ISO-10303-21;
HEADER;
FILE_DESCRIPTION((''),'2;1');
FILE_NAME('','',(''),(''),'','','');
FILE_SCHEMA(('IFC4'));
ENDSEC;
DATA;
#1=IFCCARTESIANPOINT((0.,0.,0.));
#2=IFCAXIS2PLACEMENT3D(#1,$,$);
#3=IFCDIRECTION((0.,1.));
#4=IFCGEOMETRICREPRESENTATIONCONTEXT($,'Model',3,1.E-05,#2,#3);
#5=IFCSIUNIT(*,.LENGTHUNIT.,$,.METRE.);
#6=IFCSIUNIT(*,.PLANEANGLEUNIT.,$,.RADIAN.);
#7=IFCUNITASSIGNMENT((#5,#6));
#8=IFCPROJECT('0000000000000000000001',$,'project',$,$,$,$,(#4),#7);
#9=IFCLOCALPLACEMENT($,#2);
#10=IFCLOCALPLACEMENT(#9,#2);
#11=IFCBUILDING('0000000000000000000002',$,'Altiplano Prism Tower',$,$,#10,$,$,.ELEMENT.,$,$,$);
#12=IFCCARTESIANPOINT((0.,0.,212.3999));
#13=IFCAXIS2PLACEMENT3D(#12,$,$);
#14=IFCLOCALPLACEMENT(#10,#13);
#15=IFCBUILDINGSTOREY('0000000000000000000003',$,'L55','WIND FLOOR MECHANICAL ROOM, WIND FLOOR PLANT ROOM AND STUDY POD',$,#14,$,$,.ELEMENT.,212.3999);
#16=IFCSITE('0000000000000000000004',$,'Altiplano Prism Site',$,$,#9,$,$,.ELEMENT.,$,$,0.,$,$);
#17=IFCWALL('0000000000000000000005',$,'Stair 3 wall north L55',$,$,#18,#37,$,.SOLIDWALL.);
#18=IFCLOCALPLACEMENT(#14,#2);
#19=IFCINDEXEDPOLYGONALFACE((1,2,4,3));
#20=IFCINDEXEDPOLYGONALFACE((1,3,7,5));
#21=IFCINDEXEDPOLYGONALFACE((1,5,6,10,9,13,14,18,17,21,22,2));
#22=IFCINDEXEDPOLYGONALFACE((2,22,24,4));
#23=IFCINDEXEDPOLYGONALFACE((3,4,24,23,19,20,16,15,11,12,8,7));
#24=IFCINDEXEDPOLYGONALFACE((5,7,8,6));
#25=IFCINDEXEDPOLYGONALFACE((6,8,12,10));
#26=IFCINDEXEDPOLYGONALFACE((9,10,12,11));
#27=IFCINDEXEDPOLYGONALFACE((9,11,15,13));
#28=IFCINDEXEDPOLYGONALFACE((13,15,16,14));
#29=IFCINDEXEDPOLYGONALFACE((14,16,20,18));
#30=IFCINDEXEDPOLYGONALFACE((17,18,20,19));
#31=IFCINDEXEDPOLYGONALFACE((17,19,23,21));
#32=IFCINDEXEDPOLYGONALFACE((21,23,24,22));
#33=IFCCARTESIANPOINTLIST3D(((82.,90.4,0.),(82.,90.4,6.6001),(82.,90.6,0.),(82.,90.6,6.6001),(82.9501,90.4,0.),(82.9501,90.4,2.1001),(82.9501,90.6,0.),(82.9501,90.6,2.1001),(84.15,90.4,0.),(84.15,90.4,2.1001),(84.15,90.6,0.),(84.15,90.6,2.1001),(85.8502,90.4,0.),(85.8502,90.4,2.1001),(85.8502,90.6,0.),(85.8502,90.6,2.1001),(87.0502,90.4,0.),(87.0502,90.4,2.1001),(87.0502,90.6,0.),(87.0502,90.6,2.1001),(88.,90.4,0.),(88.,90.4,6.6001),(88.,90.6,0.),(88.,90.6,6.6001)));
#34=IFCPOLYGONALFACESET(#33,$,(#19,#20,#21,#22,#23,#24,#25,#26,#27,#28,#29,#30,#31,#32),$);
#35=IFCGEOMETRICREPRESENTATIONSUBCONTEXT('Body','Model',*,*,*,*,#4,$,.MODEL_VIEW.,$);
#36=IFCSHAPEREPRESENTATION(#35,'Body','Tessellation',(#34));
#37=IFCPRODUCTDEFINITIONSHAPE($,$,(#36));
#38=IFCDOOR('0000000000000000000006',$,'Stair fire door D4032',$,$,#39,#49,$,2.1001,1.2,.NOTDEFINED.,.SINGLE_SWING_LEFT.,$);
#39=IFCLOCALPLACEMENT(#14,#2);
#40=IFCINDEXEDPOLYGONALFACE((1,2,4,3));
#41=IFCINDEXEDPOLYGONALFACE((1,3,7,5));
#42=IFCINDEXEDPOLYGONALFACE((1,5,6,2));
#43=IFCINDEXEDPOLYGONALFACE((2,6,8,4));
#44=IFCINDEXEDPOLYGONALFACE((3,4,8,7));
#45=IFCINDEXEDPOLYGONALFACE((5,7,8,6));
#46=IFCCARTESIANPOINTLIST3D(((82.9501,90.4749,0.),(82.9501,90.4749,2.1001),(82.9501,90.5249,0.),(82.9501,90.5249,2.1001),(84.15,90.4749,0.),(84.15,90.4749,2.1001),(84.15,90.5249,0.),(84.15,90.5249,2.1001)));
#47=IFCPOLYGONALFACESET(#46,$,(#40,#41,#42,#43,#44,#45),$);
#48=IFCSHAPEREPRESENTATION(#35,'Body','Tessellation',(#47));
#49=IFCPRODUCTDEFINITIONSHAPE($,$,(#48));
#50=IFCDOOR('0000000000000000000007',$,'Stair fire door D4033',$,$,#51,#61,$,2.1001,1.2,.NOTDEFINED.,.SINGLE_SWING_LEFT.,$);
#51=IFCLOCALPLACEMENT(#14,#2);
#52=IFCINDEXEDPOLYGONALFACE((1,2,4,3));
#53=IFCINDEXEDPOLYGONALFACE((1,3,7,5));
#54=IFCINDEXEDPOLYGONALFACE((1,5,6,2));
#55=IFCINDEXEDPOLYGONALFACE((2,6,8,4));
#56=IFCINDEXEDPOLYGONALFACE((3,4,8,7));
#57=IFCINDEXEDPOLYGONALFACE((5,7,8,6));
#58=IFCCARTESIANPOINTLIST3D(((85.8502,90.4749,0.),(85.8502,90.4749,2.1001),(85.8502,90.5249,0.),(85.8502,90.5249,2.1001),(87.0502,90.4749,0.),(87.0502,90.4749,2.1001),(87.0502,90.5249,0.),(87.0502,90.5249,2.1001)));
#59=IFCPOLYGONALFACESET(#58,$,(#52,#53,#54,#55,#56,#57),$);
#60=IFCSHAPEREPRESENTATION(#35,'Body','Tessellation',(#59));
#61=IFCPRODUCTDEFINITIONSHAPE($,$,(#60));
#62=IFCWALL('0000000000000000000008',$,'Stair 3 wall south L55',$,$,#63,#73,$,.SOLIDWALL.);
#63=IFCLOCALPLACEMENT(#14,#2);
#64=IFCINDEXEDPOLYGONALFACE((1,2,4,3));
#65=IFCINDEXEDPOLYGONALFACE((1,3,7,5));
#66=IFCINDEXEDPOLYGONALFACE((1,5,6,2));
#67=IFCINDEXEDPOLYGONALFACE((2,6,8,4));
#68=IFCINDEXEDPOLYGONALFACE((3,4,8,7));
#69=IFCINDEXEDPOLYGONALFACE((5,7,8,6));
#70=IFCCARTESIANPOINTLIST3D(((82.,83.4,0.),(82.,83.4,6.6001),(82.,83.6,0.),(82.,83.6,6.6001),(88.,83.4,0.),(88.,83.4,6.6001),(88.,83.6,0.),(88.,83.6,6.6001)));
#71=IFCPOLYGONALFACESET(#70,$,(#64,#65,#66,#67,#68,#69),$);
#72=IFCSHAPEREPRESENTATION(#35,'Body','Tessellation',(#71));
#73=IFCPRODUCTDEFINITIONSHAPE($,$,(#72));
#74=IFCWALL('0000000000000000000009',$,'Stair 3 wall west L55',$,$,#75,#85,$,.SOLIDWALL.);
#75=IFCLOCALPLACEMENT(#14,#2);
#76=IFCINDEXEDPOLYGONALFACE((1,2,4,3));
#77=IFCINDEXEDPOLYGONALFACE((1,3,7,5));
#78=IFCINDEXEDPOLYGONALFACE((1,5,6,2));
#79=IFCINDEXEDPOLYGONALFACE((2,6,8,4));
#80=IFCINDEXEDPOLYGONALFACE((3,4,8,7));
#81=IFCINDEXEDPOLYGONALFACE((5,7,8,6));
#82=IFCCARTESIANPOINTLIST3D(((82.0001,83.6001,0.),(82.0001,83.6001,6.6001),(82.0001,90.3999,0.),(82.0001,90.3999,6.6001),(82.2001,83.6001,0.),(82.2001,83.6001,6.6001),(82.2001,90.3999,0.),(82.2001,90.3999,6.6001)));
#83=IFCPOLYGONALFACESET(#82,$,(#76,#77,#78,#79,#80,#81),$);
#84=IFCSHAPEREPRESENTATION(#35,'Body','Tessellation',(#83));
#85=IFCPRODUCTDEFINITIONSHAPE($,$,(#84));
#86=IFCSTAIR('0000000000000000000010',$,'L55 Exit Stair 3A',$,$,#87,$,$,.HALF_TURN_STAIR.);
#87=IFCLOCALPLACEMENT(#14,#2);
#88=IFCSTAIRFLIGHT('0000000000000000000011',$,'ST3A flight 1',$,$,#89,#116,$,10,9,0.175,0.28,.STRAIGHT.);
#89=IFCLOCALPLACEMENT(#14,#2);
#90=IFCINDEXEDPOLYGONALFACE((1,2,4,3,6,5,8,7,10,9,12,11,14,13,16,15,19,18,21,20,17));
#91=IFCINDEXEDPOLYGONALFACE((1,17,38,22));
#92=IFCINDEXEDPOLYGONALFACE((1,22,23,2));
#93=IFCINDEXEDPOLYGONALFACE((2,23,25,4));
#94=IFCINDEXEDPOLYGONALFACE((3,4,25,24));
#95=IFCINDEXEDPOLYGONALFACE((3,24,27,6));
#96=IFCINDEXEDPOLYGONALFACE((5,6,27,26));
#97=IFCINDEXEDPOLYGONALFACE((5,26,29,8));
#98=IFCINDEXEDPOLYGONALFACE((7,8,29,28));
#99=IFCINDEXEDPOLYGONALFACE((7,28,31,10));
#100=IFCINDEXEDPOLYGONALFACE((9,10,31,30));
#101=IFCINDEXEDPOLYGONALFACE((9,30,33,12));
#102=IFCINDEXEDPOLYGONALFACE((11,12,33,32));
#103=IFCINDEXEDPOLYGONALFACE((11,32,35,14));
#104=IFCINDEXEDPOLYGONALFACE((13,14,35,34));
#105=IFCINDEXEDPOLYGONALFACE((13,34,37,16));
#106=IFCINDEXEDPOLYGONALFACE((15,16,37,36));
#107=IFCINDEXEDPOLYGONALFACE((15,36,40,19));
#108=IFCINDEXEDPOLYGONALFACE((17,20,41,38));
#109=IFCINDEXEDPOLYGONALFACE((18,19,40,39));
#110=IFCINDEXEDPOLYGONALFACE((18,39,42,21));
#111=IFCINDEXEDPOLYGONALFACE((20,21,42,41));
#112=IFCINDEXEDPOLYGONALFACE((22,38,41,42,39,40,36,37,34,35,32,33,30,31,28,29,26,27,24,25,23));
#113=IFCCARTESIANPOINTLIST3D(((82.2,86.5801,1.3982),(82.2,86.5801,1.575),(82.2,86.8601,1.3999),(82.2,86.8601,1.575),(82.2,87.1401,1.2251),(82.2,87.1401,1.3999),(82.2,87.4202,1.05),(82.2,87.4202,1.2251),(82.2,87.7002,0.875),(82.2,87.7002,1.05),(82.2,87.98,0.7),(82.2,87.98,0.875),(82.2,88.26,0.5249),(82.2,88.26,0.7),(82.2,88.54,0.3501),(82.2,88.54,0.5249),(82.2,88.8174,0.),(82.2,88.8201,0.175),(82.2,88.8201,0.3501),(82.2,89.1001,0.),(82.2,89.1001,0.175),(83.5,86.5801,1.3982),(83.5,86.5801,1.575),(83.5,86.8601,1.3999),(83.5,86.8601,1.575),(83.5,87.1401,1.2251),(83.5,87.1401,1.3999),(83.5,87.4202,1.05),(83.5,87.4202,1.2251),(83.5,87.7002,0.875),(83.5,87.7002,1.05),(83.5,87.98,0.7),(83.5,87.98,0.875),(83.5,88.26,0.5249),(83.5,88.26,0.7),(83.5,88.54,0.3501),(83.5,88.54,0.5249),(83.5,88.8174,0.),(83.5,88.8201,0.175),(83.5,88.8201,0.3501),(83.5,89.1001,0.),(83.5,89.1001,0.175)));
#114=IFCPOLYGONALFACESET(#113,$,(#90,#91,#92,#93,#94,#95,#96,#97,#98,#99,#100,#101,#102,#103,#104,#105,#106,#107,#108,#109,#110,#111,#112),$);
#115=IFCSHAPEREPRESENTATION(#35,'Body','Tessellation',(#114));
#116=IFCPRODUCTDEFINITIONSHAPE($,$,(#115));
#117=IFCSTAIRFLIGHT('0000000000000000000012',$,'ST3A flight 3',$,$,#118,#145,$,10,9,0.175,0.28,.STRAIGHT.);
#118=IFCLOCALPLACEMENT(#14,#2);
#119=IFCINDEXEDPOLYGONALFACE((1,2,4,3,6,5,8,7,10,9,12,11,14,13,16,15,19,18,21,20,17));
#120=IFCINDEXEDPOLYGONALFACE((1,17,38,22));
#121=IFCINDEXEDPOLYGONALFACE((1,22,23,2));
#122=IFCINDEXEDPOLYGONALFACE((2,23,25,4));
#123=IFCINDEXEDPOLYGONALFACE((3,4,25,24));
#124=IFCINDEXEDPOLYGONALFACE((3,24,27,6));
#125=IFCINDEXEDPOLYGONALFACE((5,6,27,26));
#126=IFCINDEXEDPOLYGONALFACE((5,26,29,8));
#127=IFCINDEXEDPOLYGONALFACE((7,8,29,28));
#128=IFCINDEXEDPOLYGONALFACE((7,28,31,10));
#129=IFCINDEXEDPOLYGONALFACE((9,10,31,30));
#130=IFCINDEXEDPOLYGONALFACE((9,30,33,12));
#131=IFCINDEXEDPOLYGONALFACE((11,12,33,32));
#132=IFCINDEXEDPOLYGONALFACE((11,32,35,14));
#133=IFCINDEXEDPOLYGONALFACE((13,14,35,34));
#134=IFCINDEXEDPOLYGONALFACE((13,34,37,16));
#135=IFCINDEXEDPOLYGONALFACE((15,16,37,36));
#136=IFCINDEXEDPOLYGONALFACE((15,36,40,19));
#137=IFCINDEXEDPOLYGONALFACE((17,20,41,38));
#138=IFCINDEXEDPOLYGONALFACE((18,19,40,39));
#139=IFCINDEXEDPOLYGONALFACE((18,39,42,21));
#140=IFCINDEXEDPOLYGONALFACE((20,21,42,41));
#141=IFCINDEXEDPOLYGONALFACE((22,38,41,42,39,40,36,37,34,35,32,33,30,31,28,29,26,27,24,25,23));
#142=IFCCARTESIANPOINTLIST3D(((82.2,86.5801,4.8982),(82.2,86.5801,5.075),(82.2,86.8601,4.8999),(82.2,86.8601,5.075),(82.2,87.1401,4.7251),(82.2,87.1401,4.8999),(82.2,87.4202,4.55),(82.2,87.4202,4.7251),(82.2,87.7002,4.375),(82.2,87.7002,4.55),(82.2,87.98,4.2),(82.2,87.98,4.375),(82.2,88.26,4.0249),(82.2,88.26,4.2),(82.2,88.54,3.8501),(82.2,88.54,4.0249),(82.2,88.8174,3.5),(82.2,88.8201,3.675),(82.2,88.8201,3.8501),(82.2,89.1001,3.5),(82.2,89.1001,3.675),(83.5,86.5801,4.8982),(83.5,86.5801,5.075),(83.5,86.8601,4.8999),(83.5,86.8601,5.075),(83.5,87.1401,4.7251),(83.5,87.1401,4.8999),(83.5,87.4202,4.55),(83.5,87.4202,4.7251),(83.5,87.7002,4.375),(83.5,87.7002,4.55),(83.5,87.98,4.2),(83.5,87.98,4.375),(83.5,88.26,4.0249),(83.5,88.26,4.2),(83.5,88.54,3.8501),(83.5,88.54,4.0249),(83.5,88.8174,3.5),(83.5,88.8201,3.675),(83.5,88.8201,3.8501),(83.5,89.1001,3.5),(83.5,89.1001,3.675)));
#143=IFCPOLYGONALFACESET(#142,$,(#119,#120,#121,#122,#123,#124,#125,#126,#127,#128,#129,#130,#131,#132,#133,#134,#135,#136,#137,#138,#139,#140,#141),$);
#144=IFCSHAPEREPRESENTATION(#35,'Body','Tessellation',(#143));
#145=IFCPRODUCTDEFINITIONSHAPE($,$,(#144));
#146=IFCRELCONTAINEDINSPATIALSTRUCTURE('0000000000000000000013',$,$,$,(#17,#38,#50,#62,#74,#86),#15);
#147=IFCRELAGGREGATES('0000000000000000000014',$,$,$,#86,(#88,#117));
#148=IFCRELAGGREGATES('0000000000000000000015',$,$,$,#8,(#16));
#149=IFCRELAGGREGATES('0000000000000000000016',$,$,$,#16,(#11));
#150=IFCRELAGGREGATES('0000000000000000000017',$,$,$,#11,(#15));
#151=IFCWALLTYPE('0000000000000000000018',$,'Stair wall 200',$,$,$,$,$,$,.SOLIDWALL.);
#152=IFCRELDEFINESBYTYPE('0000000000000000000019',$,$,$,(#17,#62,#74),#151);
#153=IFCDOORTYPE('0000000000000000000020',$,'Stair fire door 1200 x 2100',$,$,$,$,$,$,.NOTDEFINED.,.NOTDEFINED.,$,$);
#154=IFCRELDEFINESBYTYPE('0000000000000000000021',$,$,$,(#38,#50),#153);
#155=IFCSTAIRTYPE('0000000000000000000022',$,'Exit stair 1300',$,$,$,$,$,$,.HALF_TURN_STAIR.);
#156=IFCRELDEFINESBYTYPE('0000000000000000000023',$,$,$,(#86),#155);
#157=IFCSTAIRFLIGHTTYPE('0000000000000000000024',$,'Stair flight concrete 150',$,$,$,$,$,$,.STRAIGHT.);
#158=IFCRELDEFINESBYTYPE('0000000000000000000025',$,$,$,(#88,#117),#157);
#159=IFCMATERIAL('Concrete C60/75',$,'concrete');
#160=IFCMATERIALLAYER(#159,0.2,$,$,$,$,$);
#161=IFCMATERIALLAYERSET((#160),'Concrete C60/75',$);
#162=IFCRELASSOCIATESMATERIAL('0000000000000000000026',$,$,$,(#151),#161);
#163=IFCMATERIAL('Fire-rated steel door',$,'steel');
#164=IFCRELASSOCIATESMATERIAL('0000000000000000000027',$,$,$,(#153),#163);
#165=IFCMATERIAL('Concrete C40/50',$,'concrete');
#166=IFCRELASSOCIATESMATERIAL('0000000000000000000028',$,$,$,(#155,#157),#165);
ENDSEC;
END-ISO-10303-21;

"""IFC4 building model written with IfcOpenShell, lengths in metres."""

from ifc_helpers import new_model, si_unit, direction, frame, frame_2d, origin, place, context, subcontext, project, spatial, polyline, rectangle, outline, extrude, material, layer, layer_set, type_object, element, fill, aggregate, save


model = new_model("IFC4")

# Units and contexts
model_context = context("Model", 3, precision=1e-05, world=origin(), true_north=direction((0.0, 1.0)))
body_context = subcontext(model_context, "Body", "Model", "MODEL_VIEW")
ifc_project = project(units=[si_unit("LENGTHUNIT", "METRE"), si_unit("PLANEANGLEUNIT", "RADIAN")], contexts=[model_context])

# Site, building, storey
site_placement = place(None, origin())
site = spatial("IfcSite", under=ifc_project, at=site_placement, Name="Altiplano Prism Site", CompositionType="ELEMENT", RefElevation=0.0)
building_placement = place(site_placement, origin())
building = spatial("IfcBuilding", under=site, at=building_placement, Name="Altiplano Prism Tower", CompositionType="ELEMENT")
storey_placement = place(building_placement, frame((0.0, 0.0, 212.3999)))
storey = spatial("IfcBuildingStorey", under=building, at=storey_placement, Name="L55", Description="WIND FLOOR MECHANICAL ROOM, WIND FLOOR PLANT ROOM AND STUDY POD", CompositionType="ELEMENT", Elevation=212.3999)

# Shared definitions
ifc_material_1 = material(Name="Concrete C60/75", Category="concrete")

# Wall, openings, doors
ifc_layer_1 = layer(ifc_material_1, 0.2)
ifc_layer_set_1 = layer_set([ifc_layer_1], Name="Concrete C60/75")
wall_type_1 = type_object("IfcWallType", Name="Stair wall 200", PredefinedType="SOLIDWALL", material=ifc_layer_set_1)
wall_1_placement = place(storey_placement, frame((82.0, 90.5, 0.0), z_axis=(0.0, 0.0, 1.0), x_axis=(1.0, 0.0, 0.0)))
wall_1 = element("IfcWall", 1, at=wall_1_placement, inside=storey, type_object=wall_type_1, Name="Stair 3 wall north L55", PredefinedType="SOLIDWALL", context=body_context, shape_type="SweptSolid", body=[
    extrude(rectangle(XDim=6.0, YDim=0.2, at=frame_2d((3.0, 0.0))), origin(), (0.0, 0.0, 1.0), 6.6001),
])
opening_1_placement = place(wall_1_placement, frame((0.95, 0.0, 0.0)))
opening_1 = element("IfcOpeningElement", 2, at=opening_1_placement, cuts=wall_1, PredefinedType="OPENING", context=body_context, shape_type="SweptSolid", body=[
    extrude(rectangle(XDim=1.2, YDim=2.1001, at=frame_2d((0.6001, 1.05))), frame((0.0, 0.1104, 0.0), z_axis=(0.0, -1.0, 0.0), x_axis=(1.0, 0.0, 0.0)), (0.0, 0.0, 1.0), 0.2209),
])
opening_2_placement = place(wall_1_placement, frame((3.8501, 0.0, 0.0)))
opening_2 = element("IfcOpeningElement", 3, at=opening_2_placement, cuts=wall_1, PredefinedType="OPENING", context=body_context, shape_type="SweptSolid", body=[
    extrude(rectangle(XDim=1.2, YDim=2.1001, at=frame_2d((0.6001, 1.05))), frame((0.0, 0.1104, 0.0), z_axis=(0.0, -1.0, 0.0), x_axis=(1.0, 0.0, 0.0)), (0.0, 0.0, 1.0), 0.2209),
])
ifc_material_2 = material(Name="Fire-rated steel door", Category="steel")
door_type_1 = type_object("IfcDoorType", Name="Stair fire door 1200 x 2100", OperationType="NOTDEFINED", PredefinedType="NOTDEFINED", material=ifc_material_2)
door_1_placement = place(opening_1_placement, origin())
door_1 = element("IfcDoor", 4, at=door_1_placement, inside=storey, type_object=door_type_1, Name="Stair fire door D4032", OperationType="SINGLE_SWING_LEFT", OverallHeight=2.1001, OverallWidth=1.2, PredefinedType="NOTDEFINED", context=body_context, shape_type="SweptSolid", body=[
    extrude(rectangle(XDim=1.2, YDim=2.1001, at=frame_2d((0.6001, 1.05))), frame((0.0, 0.0249, 0.0), z_axis=(0.0, -1.0, 0.0), x_axis=(1.0, 0.0, 0.0)), (0.0, 0.0, 1.0), 0.05),
])
fill(opening_1, door_1)
door_2_placement = place(opening_2_placement, origin())
door_2 = element("IfcDoor", 5, at=door_2_placement, inside=storey, type_object=door_type_1, Name="Stair fire door D4033", OperationType="SINGLE_SWING_LEFT", OverallHeight=2.1001, OverallWidth=1.2, PredefinedType="NOTDEFINED", context=body_context, shape_type="SweptSolid", body=[
    extrude(rectangle(XDim=1.2, YDim=2.1001, at=frame_2d((0.6001, 1.05))), frame((0.0, 0.0249, 0.0), z_axis=(0.0, -1.0, 0.0), x_axis=(1.0, 0.0, 0.0)), (0.0, 0.0, 1.0), 0.05),
])
fill(opening_2, door_2)

# Walls
wall_2_placement = place(storey_placement, frame((82.0, 83.5, 0.0), z_axis=(0.0, 0.0, 1.0), x_axis=(1.0, 0.0, 0.0)))
element("IfcWall", 6, at=wall_2_placement, inside=storey, type_object=wall_type_1, Name="Stair 3 wall south L55", PredefinedType="SOLIDWALL", context=body_context, shape_type="SweptSolid", body=[
    extrude(rectangle(XDim=6.0, YDim=0.2, at=frame_2d((3.0, 0.0))), origin(), (0.0, 0.0, 1.0), 6.6001),
])
wall_3_placement = place(storey_placement, frame((82.1001, 83.6001, 0.0), z_axis=(0.0, 0.0, 1.0), x_axis=(0.0, 1.0, 0.0)))
element("IfcWall", 7, at=wall_3_placement, inside=storey, type_object=wall_type_1, Name="Stair 3 wall west L55", PredefinedType="SOLIDWALL", context=body_context, shape_type="SweptSolid", body=[
    extrude(rectangle(XDim=6.7998, YDim=0.2, at=frame_2d((3.3999, 0.0))), origin(), (0.0, 0.0, 1.0), 6.6001),
])

# Stair, stair flights
ifc_material_3 = material(Name="Concrete C40/50", Category="concrete")
stair_type = type_object("IfcStairType", Name="Exit stair 1300", PredefinedType="HALF_TURN_STAIR", material=ifc_material_3)
stair_placement = place(storey_placement, origin())
stair = element("IfcStair", 8, at=stair_placement, inside=storey, type_object=stair_type, Name="L55 Exit Stair 3A", PredefinedType="HALF_TURN_STAIR")
stair_flight_type = type_object("IfcStairFlightType", Name="Stair flight concrete 150", PredefinedType="STRAIGHT", material=ifc_material_3)
stair_flight_1_placement = place(storey_placement, frame((82.8501, 89.1001, 0.0), z_axis=(0.0, 0.0, 1.0), x_axis=(0.0, -1.0, 0.0)))
stair_flight_1 = element("IfcStairFlight", 9, at=stair_flight_1_placement, type_object=stair_flight_type, Name="ST3A flight 1", NumberOfRisers=10, NumberOfTreads=9, PredefinedType="STRAIGHT", RiserHeight=0.175, TreadLength=0.28, context=body_context, shape_type="SweptSolid", body=[
    extrude(outline(polyline([(0.0, 0.0), (0.0, 0.175), (0.28, 0.175), (0.28, 0.3501), (0.5601, 0.3501), (0.5601, 0.5249), (0.8401, 0.5249), (0.8401, 0.7), (1.1201, 0.7), (1.1201, 0.875), (1.3999, 0.875), (1.3999, 1.05), (1.6799, 1.05), (1.6799, 1.2251), (1.96, 1.2251), (1.96, 1.3999), (2.24, 1.3999), (2.24, 1.575), (2.52, 1.575), (2.52, 1.75), (2.52, 1.3982), (0.2827, 0.0), (0.0, 0.0)])), frame((0.0, 0.6499, 0.0), z_axis=(0.0, -1.0, 0.0), x_axis=(1.0, 0.0, 0.0)), (0.0, 0.0, 1.0), 1.3),
])
stair_flight_2_placement = place(storey_placement, frame((82.8501, 89.1001, 3.5), z_axis=(0.0, 0.0, 1.0), x_axis=(0.0, -1.0, 0.0)))
stair_flight_2 = element("IfcStairFlight", 10, at=stair_flight_2_placement, type_object=stair_flight_type, Name="ST3A flight 3", NumberOfRisers=10, NumberOfTreads=9, PredefinedType="STRAIGHT", RiserHeight=0.175, TreadLength=0.28, context=body_context, shape_type="SweptSolid", body=[
    extrude(outline(polyline([(0.0, 0.0), (0.0, 0.175), (0.28, 0.175), (0.28, 0.3501), (0.5601, 0.3501), (0.5601, 0.5249), (0.8401, 0.5249), (0.8401, 0.7), (1.1201, 0.7), (1.1201, 0.875), (1.3999, 0.875), (1.3999, 1.05), (1.6799, 1.05), (1.6799, 1.2251), (1.96, 1.2251), (1.96, 1.3999), (2.24, 1.3999), (2.24, 1.575), (2.52, 1.575), (2.52, 1.75), (2.52, 1.3982), (0.2827, 0.0), (0.0, 0.0)])), frame((0.0, 0.6499, 0.0), z_axis=(0.0, -1.0, 0.0), x_axis=(1.0, 0.0, 0.0)), (0.0, 0.0, 1.0), 1.3),
])
aggregate(stair, [stair_flight_1, stair_flight_2])

save(model, "model.ifc")
